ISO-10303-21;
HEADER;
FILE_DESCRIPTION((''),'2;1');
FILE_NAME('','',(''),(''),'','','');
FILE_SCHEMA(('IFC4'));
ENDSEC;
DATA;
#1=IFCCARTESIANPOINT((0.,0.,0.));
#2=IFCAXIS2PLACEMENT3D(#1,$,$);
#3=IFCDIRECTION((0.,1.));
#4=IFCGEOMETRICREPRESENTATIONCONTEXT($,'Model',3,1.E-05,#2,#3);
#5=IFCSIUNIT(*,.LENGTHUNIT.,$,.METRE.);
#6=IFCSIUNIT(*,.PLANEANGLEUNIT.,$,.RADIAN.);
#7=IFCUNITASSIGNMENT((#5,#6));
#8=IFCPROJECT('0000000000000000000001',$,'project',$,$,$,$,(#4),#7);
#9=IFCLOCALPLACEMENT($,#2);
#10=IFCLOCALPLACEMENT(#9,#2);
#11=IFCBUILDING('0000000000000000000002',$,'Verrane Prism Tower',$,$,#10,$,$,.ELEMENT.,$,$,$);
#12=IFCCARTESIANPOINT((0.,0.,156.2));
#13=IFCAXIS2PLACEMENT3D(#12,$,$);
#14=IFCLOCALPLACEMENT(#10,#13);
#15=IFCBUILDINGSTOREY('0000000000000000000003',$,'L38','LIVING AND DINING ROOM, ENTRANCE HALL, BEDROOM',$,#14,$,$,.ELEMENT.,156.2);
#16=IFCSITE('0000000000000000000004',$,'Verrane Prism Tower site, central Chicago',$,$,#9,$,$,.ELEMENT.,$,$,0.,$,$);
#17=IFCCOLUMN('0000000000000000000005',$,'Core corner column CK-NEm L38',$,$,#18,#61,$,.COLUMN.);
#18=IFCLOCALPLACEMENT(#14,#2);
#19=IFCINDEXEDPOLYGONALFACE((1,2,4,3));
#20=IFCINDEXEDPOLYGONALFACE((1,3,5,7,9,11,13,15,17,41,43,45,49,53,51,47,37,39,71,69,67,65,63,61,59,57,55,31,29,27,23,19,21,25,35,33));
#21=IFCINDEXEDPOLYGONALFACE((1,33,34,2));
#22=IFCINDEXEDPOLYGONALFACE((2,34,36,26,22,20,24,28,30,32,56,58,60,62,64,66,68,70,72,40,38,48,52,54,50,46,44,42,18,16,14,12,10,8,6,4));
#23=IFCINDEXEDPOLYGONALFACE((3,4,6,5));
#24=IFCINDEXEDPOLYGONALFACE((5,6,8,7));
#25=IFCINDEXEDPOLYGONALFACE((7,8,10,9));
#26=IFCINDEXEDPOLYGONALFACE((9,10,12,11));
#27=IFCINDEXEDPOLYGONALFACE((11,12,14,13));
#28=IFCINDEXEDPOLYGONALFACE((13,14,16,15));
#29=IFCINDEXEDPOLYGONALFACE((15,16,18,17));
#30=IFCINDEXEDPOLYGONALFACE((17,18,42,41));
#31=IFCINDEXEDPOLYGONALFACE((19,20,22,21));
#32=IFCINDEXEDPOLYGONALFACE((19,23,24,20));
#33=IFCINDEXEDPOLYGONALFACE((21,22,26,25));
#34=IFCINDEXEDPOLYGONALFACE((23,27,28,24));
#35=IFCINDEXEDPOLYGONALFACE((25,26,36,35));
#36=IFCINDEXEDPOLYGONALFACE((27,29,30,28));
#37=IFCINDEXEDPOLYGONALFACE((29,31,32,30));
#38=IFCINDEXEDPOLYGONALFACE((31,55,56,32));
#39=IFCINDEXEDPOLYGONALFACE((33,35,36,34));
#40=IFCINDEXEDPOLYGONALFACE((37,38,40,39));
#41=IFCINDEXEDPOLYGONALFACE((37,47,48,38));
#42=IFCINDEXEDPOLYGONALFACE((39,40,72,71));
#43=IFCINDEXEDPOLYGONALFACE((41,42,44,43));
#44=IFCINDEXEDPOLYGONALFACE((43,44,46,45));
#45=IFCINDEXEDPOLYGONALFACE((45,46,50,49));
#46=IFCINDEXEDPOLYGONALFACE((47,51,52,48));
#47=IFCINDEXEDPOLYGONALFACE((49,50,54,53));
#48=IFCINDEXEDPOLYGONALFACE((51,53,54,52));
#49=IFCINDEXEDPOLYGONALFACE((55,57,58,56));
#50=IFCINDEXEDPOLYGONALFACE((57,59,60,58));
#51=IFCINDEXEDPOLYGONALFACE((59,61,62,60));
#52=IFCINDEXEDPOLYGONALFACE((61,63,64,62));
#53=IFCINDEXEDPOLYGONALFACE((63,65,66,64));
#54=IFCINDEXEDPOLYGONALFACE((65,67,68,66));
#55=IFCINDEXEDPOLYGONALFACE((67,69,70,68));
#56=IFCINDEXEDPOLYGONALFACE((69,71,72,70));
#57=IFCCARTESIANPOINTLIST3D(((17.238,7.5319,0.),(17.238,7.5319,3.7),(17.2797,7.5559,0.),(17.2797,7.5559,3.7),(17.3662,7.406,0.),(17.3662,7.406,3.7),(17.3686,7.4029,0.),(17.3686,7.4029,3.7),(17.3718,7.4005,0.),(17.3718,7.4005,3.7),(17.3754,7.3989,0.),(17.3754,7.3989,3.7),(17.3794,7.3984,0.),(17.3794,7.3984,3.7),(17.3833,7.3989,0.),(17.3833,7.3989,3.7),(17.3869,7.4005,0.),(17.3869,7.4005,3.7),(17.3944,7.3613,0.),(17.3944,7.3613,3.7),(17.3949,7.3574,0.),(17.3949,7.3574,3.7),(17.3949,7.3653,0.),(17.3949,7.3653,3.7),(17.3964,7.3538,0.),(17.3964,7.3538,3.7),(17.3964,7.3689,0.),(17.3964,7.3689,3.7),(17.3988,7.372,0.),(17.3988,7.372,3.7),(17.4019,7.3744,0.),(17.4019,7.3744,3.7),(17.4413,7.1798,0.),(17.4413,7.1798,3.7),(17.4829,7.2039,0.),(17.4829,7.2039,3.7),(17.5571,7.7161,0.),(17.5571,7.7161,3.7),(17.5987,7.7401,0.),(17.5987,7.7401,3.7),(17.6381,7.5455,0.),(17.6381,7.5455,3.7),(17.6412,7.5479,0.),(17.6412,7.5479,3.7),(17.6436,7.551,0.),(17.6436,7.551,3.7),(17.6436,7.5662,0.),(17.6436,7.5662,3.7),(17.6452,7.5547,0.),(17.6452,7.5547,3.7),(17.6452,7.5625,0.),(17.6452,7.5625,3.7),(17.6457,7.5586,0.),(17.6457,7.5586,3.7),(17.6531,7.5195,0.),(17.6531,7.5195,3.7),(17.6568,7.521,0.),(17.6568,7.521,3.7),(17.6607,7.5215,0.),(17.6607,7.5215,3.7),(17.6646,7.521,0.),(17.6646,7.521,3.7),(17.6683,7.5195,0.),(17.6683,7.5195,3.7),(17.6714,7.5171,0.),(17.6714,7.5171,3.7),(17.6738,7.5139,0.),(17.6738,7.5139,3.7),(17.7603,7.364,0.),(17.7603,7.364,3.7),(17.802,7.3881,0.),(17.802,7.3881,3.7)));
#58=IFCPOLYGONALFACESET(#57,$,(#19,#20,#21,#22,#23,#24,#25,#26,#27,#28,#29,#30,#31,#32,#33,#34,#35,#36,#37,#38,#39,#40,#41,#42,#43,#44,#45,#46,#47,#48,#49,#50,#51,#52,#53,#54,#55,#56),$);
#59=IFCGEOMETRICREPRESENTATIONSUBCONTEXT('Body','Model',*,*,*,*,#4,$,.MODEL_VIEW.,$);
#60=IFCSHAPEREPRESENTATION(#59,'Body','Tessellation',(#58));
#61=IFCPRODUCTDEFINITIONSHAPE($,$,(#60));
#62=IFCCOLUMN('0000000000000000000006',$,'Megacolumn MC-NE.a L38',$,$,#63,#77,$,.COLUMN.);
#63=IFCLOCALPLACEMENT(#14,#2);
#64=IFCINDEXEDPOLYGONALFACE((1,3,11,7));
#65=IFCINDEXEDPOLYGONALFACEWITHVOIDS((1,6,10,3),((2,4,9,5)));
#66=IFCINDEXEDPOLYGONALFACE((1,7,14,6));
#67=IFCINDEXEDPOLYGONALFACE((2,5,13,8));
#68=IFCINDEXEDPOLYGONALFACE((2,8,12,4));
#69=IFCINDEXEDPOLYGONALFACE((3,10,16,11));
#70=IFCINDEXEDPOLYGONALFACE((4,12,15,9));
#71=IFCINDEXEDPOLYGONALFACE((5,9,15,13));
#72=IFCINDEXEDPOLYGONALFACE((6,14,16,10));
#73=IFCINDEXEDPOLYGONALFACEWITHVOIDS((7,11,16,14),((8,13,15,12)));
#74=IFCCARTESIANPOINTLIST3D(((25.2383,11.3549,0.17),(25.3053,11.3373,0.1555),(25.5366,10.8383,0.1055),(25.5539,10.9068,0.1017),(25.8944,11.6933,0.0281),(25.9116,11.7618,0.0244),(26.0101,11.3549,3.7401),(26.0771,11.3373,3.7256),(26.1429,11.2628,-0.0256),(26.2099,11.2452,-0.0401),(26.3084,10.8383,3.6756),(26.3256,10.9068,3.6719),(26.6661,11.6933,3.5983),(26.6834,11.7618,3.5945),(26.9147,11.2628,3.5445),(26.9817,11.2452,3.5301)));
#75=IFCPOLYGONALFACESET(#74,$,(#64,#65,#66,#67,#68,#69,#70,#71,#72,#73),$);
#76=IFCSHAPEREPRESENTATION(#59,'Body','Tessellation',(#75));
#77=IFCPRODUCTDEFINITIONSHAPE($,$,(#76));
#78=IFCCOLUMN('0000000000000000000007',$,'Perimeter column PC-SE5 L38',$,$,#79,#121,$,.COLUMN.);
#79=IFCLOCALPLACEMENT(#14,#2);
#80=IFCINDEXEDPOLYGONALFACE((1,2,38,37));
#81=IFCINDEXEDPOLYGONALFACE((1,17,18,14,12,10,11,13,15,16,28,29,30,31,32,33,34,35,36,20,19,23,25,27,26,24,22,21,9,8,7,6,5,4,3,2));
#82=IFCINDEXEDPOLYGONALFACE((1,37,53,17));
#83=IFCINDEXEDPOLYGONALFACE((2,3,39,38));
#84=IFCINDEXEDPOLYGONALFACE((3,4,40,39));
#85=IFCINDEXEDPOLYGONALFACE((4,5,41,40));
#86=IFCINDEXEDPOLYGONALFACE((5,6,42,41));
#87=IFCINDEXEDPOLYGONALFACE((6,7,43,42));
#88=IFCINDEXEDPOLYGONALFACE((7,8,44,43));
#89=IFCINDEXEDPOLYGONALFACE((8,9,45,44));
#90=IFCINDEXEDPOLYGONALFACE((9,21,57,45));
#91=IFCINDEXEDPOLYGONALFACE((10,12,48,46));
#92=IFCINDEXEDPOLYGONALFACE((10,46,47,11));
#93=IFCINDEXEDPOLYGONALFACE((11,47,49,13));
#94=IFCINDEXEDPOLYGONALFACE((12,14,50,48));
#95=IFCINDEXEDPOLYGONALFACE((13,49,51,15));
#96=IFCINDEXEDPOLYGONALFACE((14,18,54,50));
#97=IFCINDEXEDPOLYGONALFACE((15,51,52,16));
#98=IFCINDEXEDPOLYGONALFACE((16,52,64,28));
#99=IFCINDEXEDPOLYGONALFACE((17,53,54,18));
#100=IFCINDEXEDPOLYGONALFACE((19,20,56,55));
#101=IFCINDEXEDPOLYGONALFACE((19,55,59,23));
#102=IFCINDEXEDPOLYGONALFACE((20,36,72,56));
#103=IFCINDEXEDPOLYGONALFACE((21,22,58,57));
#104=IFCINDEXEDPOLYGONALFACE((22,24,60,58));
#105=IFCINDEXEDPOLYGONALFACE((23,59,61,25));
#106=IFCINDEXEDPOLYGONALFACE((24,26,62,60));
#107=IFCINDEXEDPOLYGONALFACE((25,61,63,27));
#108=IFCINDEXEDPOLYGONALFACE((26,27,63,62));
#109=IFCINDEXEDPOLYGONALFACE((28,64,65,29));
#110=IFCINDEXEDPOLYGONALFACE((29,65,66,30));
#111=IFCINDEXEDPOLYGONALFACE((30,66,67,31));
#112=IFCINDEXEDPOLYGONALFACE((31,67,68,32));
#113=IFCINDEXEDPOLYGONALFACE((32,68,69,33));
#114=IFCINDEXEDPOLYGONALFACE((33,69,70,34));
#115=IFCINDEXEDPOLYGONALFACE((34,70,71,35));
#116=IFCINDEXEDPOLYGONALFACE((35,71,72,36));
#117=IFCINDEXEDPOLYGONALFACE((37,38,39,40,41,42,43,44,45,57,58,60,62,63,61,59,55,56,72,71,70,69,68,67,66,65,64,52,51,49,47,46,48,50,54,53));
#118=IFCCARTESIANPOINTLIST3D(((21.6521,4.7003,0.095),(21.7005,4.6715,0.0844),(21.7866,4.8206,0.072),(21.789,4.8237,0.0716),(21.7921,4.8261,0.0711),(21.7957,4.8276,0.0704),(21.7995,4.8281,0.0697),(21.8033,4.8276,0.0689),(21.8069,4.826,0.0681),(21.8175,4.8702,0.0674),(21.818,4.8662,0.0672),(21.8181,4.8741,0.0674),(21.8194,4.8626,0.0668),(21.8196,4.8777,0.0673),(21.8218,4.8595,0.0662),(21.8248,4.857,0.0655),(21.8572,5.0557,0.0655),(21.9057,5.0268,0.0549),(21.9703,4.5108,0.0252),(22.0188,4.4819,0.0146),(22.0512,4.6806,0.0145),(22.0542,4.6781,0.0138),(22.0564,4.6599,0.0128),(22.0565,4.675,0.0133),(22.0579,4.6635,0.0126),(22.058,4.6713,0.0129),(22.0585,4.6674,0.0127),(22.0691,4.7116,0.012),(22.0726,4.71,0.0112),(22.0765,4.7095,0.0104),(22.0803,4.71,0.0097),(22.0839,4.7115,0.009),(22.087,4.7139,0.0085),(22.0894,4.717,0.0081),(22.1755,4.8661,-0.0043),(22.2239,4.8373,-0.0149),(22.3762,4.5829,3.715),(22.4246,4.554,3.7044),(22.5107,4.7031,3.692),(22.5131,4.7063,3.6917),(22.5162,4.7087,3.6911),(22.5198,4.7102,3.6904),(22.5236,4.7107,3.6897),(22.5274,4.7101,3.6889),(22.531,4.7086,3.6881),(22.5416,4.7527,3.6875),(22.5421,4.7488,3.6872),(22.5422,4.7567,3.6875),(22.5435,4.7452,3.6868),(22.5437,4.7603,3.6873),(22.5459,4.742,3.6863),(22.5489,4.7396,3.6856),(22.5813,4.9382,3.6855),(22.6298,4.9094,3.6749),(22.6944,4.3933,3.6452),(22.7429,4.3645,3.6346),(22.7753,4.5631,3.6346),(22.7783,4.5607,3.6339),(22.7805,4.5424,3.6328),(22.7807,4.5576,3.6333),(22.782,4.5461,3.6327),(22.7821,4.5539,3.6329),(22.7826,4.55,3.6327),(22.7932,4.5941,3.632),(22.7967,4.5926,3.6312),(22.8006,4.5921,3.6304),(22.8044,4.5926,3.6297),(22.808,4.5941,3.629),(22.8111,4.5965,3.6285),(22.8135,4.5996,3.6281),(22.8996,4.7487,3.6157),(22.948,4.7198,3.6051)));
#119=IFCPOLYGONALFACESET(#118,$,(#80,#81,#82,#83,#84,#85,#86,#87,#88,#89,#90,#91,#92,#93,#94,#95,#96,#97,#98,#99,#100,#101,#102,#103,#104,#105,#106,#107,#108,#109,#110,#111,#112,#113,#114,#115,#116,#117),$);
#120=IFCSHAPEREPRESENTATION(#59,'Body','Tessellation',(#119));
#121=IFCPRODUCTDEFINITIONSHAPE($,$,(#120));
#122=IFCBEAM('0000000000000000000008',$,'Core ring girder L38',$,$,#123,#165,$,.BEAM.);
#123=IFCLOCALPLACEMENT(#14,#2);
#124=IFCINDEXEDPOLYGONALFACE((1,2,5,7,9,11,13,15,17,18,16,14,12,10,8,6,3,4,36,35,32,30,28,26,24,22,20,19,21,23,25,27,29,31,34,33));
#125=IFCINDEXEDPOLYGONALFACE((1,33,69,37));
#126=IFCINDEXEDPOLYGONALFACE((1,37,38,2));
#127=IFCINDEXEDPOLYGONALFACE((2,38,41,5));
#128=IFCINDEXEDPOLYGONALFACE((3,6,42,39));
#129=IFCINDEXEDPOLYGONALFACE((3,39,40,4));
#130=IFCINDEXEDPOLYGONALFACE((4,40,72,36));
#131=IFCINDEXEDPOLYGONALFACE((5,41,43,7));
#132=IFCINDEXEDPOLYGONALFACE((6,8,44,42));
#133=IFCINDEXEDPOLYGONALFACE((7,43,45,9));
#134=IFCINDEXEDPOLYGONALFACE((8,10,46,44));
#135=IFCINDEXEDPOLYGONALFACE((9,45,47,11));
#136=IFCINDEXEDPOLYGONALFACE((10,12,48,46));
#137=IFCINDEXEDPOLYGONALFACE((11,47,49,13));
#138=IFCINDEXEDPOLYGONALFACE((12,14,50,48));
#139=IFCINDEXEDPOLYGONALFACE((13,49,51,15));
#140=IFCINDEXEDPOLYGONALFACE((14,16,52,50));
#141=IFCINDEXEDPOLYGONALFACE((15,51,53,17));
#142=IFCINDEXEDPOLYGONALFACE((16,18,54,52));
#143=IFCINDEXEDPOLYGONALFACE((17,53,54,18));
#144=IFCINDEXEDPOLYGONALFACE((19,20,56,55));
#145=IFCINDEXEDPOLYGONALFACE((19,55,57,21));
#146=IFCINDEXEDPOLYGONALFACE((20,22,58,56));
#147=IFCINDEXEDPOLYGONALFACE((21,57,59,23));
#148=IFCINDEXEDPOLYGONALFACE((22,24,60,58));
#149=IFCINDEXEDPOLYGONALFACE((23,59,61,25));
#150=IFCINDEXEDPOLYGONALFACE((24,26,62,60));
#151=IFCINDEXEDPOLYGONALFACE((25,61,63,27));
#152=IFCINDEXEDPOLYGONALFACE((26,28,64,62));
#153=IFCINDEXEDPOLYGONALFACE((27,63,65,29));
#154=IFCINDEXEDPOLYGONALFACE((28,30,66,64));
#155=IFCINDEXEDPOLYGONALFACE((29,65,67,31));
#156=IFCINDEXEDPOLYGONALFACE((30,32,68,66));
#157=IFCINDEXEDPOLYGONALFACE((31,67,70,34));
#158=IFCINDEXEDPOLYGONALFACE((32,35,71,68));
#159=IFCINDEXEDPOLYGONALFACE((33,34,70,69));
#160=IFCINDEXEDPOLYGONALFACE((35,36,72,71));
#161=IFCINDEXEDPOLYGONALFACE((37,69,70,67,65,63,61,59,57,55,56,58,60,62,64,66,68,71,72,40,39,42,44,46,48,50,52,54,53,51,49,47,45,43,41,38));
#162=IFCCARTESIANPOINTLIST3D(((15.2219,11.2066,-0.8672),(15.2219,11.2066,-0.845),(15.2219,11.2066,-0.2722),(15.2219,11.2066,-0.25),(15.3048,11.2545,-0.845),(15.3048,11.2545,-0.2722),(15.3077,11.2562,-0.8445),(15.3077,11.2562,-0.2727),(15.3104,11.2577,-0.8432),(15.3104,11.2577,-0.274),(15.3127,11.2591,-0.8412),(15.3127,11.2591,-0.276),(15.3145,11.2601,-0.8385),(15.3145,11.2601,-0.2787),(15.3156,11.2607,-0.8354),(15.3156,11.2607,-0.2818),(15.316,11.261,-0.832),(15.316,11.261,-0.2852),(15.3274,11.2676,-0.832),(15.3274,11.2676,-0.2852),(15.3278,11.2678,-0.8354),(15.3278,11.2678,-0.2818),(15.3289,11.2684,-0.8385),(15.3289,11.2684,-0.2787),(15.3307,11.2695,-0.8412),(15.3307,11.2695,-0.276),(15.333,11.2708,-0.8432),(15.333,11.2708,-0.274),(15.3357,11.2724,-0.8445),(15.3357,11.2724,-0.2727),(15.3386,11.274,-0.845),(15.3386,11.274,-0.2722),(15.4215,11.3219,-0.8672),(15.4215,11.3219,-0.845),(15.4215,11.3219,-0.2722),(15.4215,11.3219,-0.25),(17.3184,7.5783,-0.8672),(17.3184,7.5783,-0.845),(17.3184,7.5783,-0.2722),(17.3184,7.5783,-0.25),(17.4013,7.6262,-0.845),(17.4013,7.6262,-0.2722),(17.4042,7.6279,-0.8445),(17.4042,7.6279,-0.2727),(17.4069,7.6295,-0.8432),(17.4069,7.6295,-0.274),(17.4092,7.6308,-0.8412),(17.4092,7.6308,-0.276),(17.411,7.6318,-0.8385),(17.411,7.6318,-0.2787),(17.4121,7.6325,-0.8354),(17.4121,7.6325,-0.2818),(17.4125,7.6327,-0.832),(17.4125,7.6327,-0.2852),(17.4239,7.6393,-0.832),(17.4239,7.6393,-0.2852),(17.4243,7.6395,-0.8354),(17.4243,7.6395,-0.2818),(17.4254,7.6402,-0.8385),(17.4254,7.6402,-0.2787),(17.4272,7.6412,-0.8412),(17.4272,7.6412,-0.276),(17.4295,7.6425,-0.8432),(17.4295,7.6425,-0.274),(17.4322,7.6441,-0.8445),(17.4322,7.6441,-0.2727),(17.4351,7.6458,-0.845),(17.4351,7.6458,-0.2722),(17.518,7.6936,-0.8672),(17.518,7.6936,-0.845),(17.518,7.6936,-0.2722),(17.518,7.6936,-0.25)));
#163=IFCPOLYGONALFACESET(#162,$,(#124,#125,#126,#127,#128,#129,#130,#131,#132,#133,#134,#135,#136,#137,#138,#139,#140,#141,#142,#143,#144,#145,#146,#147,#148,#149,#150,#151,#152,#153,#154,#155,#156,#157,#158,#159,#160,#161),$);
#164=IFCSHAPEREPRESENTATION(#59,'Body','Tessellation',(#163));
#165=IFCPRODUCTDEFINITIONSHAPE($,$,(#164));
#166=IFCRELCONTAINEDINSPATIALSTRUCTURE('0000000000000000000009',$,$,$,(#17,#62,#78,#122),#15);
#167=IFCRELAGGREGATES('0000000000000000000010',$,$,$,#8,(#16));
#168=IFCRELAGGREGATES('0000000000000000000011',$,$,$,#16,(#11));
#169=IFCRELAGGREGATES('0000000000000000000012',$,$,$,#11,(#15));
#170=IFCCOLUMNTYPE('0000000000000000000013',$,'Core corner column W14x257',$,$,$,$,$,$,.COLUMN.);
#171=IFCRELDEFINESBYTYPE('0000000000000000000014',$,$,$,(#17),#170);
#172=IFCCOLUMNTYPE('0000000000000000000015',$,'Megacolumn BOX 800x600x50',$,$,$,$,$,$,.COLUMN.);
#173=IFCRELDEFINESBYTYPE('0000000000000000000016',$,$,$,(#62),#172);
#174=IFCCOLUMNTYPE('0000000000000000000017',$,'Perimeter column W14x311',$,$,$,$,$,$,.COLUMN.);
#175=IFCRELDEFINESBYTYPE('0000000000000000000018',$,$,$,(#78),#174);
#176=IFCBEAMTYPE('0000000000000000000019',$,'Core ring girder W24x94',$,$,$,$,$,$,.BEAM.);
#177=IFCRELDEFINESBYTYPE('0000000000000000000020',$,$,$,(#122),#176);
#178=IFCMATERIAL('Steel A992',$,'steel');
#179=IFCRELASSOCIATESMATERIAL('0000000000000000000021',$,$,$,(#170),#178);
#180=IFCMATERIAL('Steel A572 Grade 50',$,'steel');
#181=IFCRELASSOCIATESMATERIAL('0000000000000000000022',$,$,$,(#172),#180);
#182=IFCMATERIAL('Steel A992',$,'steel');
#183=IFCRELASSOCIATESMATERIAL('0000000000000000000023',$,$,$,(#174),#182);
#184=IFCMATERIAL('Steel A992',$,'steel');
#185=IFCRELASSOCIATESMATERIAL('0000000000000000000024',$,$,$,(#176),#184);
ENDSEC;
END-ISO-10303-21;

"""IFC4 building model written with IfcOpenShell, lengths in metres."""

from ifc_helpers import new_model, si_unit, direction, frame, origin, origin_2d, place, context, subcontext, project, spatial, hollow_rectangle, i_section, extrude, material, material_profile, profile_set, type_object, element, save


model = new_model("IFC4")

# Units and contexts
model_context = context("Model", 3, precision=1e-05, world=origin(), true_north=direction((0.0, 1.0)))
body_context = subcontext(model_context, "Body", "Model", "MODEL_VIEW")
ifc_project = project(units=[si_unit("LENGTHUNIT", "METRE"), si_unit("PLANEANGLEUNIT", "RADIAN")], contexts=[model_context])

# Site, building, storey
site_placement = place(None, origin())
site = spatial("IfcSite", under=ifc_project, at=site_placement, Name="Verrane Prism Tower site, central Chicago", CompositionType="ELEMENT", RefElevation=0.0)
building_placement = place(site_placement, origin())
building = spatial("IfcBuilding", under=site, at=building_placement, Name="Verrane Prism Tower", CompositionType="ELEMENT")
storey_placement = place(building_placement, frame((0.0, 0.0, 156.2)))
storey = spatial("IfcBuildingStorey", under=building, at=storey_placement, Name="L38", Description="LIVING AND DINING ROOM, ENTRANCE HALL, BEDROOM", CompositionType="ELEMENT", Elevation=156.2)

# Columns
ifc_material_1 = material(Name="Steel A992", Category="steel")
ifc_material_profile_1 = material_profile(ifc_material_1, i_section(OverallWidth=0.4065, OverallDepth=0.4165, WebThickness=0.03, FlangeThickness=0.0481, FilletRadius=0.0151, at=origin_2d()), Name="W14x257")
ifc_profile_set_1 = profile_set([ifc_material_profile_1], Name="Steel A992")
column_type_1 = type_object("IfcColumnType", Name="Core corner column W14x257", PredefinedType="COLUMN", material=ifc_profile_set_1)
column_1_placement = place(storey_placement, frame((17.52, 7.46, 0.0), z_axis=(0.0, 0.0, 1.0), x_axis=(0.5, -0.866025, 0.0)))
element("IfcColumn", 1, at=column_1_placement, inside=storey, type_object=column_type_1, Name="Core corner column CK-NEm L38", PredefinedType="COLUMN", context=body_context, shape_type="SweptSolid", body=[
    extrude(i_section(OverallWidth=0.4065, OverallDepth=0.4165, WebThickness=0.03, FlangeThickness=0.0481, FilletRadius=0.0151, at=origin_2d()), origin(), (0.0, 0.0, 1.0), 3.7),
])
ifc_material_2 = material(Name="Steel A572 Grade 50", Category="steel")
ifc_material_profile_2 = material_profile(ifc_material_2, hollow_rectangle(XDim=0.6001, YDim=0.8, WallThickness=0.05, at=origin_2d()), Name="BOX 800x600x50")
ifc_profile_set_2 = profile_set([ifc_material_profile_2], Name="Steel A572 Grade 50")
column_type_2 = type_object("IfcColumnType", Name="Megacolumn BOX 800x600x50", PredefinedType="COLUMN", material=ifc_profile_set_2)
column_2_placement = place(storey_placement, frame((25.7241, 11.3, 0.0649), z_axis=(0.211286, 0.0, 0.977424), x_axis=(0.497109, -0.861008, -0.107458)))
element("IfcColumn", 2, at=column_2_placement, inside=storey, type_object=column_type_2, Name="Megacolumn MC-NE.a L38", PredefinedType="COLUMN", context=body_context, shape_type="SweptSolid", body=[
    extrude(hollow_rectangle(XDim=0.6001, YDim=0.8, WallThickness=0.05, at=origin_2d()), origin(), (0.0, 0.0, 1.0), 3.6526),
])
ifc_material_3 = material(Name="Steel A992", Category="steel")
ifc_material_profile_3 = material_profile(ifc_material_3, i_section(OverallWidth=0.4114, OverallDepth=0.4343, WebThickness=0.0359, FlangeThickness=0.0574, FilletRadius=0.0151, at=origin_2d()), Name="W14x311")
ifc_profile_set_3 = profile_set([ifc_material_profile_3], Name="Steel A992")
column_type_3 = type_object("IfcColumnType", Name="Perimeter column W14x311", PredefinedType="COLUMN", material=ifc_profile_set_3)
column_3_placement = place(storey_placement, frame((21.938, 4.7688, 0.04), z_axis=(0.196042, -0.031792, 0.98008), x_axis=(-0.498718, -0.863791, 0.071737)))
element("IfcColumn", 3, at=column_3_placement, inside=storey, type_object=column_type_3, Name="Perimeter column PC-SE5 L38", PredefinedType="COLUMN", context=body_context, shape_type="SweptSolid", body=[
    extrude(i_section(OverallWidth=0.4114, OverallDepth=0.4343, WebThickness=0.0359, FlangeThickness=0.0574, FilletRadius=0.0151, at=origin_2d()), origin(), (0.0, 0.0, 1.0), 3.6936),
])

# Beam
ifc_material_4 = material(Name="Steel A992", Category="steel")
ifc_material_profile_4 = material_profile(ifc_material_4, i_section(OverallWidth=0.2305, OverallDepth=0.6172, WebThickness=0.0132, FlangeThickness=0.0222, FilletRadius=0.0129, at=origin_2d()), Name="W24x94")
ifc_profile_set_4 = profile_set([ifc_material_profile_4], Name="Steel A992")
beam_type_1 = type_object("IfcBeamType", Name="Core ring girder W24x94", PredefinedType="BEAM", material=ifc_profile_set_4)
beam_1_placement = place(storey_placement, frame((17.4182, 7.636, -0.5586), z_axis=(-0.500306, 0.865849, 0.0), x_axis=(-0.865849, -0.500306, 0.0)))
element("IfcBeam", 4, at=beam_1_placement, inside=storey, type_object=beam_type_1, Name="Core ring girder L38", PredefinedType="BEAM", context=body_context, shape_type="SweptSolid", body=[
    extrude(i_section(OverallWidth=0.2305, OverallDepth=0.6172, WebThickness=0.0132, FlangeThickness=0.0222, FilletRadius=0.0129, at=origin_2d()), origin(), (0.0, 0.0, 1.0), 4.1904),
])

save(model, "model.ifc")
